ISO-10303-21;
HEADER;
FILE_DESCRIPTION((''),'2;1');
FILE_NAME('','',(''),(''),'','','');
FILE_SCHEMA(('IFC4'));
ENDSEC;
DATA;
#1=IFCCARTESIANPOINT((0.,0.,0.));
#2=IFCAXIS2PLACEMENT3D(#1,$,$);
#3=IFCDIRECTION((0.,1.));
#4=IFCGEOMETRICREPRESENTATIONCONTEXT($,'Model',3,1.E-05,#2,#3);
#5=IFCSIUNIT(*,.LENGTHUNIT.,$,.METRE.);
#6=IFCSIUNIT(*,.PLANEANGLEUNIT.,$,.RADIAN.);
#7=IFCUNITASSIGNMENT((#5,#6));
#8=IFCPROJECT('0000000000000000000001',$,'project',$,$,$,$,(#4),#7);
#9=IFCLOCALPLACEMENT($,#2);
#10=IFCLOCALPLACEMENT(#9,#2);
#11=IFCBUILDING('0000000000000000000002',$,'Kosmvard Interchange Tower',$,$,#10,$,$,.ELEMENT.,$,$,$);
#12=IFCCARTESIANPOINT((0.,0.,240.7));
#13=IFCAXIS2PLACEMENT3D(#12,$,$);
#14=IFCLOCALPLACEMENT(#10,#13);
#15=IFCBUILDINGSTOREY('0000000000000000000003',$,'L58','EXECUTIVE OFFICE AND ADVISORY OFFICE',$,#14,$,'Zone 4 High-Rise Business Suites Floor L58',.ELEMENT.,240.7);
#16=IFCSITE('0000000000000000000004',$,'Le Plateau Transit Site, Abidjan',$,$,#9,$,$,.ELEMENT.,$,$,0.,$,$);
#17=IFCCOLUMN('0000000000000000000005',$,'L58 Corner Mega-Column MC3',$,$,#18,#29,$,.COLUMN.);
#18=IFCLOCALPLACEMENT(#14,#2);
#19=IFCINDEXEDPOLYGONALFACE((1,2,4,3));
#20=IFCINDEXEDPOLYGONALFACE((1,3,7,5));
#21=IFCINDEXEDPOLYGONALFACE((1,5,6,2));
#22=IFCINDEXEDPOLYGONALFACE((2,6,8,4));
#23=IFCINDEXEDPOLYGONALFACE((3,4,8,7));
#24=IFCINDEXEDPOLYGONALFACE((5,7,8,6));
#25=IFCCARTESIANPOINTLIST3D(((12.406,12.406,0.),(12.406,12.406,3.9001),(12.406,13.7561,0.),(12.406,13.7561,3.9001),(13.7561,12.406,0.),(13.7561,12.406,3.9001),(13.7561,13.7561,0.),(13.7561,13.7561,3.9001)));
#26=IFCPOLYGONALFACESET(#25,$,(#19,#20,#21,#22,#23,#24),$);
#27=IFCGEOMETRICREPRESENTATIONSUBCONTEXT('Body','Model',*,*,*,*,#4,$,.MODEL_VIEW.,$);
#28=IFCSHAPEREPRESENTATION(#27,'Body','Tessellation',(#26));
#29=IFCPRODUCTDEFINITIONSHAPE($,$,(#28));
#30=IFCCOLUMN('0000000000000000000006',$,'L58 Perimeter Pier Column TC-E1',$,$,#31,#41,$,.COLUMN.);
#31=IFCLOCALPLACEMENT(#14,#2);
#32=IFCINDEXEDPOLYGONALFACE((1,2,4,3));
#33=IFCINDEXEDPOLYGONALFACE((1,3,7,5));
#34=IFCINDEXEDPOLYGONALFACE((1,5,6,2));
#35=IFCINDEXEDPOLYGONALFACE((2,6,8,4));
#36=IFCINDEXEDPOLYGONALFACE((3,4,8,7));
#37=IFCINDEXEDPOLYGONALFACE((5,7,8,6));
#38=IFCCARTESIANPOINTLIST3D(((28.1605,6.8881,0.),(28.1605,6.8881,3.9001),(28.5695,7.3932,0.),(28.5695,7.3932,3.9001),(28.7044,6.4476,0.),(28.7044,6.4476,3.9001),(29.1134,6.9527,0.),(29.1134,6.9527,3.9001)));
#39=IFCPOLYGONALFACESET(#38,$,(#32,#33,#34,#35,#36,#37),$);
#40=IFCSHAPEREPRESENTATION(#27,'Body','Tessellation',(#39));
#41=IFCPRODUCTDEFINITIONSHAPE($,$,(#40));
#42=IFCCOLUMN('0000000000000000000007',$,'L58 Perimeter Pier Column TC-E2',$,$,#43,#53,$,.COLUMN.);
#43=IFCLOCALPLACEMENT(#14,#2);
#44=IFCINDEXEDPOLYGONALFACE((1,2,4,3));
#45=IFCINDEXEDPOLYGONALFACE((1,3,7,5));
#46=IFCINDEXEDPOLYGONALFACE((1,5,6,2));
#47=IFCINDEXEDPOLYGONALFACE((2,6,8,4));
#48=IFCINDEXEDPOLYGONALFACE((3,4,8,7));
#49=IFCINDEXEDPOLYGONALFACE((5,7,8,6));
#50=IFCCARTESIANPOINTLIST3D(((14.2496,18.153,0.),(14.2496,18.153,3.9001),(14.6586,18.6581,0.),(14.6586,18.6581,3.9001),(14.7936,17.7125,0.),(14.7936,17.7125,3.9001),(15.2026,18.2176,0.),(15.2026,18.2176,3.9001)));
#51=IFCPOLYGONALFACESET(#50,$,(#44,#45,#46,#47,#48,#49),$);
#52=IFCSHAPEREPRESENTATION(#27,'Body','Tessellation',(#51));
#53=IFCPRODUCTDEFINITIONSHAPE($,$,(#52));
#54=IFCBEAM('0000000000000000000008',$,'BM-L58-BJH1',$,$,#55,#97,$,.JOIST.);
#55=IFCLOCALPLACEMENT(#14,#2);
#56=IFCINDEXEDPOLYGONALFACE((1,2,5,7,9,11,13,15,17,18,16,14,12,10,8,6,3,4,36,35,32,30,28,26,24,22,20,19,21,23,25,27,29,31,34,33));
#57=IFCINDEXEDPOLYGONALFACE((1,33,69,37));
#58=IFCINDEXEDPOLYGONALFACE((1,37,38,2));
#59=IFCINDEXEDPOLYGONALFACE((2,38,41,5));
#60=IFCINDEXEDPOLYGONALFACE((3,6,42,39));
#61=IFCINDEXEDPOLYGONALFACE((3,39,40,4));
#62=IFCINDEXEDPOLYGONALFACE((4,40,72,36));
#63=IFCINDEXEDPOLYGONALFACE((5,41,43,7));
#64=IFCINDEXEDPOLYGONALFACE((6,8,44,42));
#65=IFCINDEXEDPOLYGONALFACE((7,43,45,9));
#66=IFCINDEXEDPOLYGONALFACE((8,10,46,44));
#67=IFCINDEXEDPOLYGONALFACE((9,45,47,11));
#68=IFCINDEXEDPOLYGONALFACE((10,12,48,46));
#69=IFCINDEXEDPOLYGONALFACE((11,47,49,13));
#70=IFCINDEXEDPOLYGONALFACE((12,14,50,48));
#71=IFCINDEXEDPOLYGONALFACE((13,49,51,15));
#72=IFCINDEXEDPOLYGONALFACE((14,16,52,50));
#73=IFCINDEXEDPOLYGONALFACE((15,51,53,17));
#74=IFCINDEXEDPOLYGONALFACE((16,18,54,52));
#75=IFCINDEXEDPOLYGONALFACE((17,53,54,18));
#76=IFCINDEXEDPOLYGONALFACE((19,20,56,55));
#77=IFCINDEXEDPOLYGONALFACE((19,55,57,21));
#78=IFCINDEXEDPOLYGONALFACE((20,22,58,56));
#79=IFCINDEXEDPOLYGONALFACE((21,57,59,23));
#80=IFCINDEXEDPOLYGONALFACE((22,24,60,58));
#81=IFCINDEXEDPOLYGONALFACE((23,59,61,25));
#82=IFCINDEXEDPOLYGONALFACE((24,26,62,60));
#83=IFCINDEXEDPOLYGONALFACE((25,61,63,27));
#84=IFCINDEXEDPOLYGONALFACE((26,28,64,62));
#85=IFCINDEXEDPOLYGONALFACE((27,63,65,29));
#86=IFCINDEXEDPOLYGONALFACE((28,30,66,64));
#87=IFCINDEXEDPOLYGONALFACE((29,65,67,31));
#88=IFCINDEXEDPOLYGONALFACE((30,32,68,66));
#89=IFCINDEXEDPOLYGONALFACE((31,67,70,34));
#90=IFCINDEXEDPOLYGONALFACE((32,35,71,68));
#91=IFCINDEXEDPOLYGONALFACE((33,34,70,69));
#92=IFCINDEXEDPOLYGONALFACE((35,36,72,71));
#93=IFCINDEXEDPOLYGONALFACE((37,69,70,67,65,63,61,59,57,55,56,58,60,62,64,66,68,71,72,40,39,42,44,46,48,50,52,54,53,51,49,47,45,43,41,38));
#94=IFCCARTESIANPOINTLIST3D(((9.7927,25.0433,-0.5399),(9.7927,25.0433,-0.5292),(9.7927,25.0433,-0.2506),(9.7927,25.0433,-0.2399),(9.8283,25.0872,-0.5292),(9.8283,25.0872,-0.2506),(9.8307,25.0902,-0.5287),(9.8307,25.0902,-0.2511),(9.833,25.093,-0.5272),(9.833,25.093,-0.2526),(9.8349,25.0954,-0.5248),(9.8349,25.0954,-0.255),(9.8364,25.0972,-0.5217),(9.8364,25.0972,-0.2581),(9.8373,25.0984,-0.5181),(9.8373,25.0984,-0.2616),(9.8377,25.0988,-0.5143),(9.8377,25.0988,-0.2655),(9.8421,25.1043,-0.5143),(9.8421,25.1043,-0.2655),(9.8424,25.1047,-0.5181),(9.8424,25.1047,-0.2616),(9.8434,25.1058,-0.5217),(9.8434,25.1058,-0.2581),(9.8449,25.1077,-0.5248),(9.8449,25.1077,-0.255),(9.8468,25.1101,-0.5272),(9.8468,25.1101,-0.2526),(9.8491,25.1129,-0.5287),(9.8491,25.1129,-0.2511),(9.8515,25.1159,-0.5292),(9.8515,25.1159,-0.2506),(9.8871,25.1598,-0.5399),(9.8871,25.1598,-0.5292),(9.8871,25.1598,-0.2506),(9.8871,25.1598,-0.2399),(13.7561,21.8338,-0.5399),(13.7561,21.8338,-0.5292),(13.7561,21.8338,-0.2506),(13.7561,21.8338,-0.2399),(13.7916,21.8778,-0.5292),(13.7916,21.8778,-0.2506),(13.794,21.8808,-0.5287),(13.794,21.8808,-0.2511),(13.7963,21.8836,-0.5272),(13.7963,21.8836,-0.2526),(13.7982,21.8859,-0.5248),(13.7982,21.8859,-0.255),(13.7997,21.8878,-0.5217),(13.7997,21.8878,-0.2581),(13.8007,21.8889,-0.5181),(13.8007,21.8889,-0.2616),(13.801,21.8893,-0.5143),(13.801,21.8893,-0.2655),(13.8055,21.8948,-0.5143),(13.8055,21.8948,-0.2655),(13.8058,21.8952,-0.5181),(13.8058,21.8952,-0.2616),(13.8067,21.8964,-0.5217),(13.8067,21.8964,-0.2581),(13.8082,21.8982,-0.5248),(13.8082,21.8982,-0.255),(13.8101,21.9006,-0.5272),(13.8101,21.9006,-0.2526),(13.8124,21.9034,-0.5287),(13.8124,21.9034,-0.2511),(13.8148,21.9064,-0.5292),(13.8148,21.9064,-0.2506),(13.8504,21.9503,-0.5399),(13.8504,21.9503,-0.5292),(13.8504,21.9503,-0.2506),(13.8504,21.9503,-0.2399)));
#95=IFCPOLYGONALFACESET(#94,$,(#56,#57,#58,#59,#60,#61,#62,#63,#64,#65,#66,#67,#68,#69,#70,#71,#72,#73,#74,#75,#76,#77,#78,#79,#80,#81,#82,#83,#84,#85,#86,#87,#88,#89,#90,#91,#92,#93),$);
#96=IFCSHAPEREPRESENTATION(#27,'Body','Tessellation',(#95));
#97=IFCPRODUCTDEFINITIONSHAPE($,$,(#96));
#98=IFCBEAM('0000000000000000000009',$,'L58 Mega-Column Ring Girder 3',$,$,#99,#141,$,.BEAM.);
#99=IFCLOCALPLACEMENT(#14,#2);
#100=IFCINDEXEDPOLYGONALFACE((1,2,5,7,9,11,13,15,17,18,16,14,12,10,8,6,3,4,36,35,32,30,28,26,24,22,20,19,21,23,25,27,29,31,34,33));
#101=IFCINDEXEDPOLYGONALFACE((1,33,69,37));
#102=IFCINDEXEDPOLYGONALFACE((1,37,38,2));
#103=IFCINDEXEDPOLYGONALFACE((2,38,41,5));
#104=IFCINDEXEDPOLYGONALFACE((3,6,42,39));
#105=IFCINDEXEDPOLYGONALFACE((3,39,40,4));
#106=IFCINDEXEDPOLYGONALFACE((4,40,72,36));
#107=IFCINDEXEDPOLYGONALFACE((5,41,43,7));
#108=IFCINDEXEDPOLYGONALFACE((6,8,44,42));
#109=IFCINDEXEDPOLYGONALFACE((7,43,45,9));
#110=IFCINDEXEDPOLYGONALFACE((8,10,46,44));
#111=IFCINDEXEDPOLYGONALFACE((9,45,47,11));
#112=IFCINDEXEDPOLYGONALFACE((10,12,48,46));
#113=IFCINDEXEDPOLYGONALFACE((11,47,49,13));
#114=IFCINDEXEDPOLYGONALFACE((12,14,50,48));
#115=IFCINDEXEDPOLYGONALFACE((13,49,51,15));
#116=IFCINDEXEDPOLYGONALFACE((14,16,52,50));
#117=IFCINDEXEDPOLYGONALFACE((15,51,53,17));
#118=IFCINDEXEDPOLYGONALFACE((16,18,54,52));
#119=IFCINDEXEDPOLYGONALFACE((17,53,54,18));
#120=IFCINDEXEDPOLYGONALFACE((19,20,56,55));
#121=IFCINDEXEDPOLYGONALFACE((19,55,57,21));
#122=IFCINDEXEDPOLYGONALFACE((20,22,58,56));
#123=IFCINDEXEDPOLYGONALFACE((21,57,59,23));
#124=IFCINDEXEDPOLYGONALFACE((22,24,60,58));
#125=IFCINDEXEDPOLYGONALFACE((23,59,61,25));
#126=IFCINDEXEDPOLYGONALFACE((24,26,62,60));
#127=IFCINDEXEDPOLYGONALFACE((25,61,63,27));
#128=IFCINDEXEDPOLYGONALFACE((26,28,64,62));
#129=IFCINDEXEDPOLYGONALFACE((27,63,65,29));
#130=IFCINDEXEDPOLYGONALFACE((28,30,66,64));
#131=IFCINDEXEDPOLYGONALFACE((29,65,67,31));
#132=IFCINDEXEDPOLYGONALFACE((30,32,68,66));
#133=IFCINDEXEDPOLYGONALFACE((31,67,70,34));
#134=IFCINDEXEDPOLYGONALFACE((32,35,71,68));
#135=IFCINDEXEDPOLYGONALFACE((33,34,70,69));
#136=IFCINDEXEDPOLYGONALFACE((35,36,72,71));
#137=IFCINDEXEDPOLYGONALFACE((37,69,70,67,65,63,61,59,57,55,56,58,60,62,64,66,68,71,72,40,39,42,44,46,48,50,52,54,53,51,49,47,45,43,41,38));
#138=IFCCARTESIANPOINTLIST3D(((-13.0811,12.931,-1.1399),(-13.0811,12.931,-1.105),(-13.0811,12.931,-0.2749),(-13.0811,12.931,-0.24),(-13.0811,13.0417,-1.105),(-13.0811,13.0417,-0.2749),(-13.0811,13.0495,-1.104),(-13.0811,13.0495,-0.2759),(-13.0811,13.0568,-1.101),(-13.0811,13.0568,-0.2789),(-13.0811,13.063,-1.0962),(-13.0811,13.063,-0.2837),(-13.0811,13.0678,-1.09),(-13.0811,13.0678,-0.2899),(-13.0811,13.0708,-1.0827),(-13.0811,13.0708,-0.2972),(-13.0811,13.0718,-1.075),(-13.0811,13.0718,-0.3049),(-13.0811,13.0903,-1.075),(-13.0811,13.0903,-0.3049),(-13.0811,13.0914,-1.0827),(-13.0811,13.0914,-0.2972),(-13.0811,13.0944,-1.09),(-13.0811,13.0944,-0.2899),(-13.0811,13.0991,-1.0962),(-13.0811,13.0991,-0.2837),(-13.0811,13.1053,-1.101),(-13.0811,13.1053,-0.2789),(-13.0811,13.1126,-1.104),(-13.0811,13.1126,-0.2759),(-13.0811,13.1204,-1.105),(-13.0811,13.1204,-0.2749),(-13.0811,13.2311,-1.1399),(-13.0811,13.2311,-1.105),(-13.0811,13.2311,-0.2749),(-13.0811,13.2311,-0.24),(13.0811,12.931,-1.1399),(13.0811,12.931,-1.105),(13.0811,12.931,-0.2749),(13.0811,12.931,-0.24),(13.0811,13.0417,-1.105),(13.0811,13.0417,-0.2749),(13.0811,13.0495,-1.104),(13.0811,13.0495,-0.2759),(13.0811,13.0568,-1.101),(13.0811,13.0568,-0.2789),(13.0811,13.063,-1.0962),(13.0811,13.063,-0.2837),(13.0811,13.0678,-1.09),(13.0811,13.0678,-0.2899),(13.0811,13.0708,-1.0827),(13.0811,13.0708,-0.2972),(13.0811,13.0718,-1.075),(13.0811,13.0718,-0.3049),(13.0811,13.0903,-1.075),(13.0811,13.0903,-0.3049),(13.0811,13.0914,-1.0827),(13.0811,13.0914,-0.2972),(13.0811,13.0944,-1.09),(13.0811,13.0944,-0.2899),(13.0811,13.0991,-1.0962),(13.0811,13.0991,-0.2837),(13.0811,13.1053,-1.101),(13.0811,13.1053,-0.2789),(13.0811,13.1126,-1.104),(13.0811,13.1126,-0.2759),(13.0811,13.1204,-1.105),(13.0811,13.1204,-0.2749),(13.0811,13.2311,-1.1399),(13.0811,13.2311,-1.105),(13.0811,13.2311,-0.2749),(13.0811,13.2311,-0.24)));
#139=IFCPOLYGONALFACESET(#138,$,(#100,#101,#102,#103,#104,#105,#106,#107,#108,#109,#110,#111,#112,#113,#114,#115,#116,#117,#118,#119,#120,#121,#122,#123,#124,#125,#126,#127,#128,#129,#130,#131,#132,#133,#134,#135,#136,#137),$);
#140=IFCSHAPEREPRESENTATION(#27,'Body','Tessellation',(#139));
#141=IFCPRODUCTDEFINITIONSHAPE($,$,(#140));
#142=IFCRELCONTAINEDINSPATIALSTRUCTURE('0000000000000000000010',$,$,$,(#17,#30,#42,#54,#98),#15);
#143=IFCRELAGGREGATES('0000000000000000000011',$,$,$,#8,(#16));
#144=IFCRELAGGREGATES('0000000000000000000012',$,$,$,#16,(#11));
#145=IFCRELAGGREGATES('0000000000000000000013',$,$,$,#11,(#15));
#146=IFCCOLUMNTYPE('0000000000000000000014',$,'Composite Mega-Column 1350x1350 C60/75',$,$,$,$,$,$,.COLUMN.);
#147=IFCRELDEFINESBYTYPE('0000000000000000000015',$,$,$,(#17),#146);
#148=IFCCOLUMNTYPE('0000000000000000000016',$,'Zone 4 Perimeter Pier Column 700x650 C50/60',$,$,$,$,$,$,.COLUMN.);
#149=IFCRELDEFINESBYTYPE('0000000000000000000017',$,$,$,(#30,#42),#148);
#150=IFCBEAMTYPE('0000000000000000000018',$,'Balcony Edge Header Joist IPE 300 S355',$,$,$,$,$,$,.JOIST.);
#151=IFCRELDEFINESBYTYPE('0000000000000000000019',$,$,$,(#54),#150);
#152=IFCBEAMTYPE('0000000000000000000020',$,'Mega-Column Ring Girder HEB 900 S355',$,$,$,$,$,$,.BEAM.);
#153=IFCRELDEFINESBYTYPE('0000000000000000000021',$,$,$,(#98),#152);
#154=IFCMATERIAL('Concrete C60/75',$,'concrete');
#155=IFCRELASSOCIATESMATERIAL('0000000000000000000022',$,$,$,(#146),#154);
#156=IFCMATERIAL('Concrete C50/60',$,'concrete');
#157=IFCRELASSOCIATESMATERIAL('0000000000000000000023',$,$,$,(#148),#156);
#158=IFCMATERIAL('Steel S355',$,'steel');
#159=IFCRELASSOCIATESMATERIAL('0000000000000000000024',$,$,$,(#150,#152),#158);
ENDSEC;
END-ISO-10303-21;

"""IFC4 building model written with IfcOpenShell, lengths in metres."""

from ifc_helpers import new_model, si_unit, direction, frame, origin, origin_2d, place, context, subcontext, project, spatial, rectangle, i_section, extrude, source, transform, mapped, material, material_profile, profile_set, type_object, element, save


model = new_model("IFC4")

# Units and contexts
model_context = context("Model", 3, precision=1e-05, world=origin(), true_north=direction((0.0, 1.0)))
body_context = subcontext(model_context, "Body", "Model", "MODEL_VIEW")
ifc_project = project(units=[si_unit("LENGTHUNIT", "METRE"), si_unit("PLANEANGLEUNIT", "RADIAN")], contexts=[model_context])

# Site, building, storey
site_placement = place(None, origin())
site = spatial("IfcSite", under=ifc_project, at=site_placement, Name="Le Plateau Transit Site, Abidjan", CompositionType="ELEMENT", RefElevation=0.0)
building_placement = place(site_placement, origin())
building = spatial("IfcBuilding", under=site, at=building_placement, Name="Kosmvard Interchange Tower", CompositionType="ELEMENT")
storey_placement = place(building_placement, frame((0.0, 0.0, 240.7)))
storey = spatial("IfcBuildingStorey", under=building, at=storey_placement, Name="L58", Description="EXECUTIVE OFFICE AND ADVISORY OFFICE", LongName="Zone 4 High-Rise Business Suites Floor L58", CompositionType="ELEMENT", Elevation=240.7)

# Columns
ifc_material_1 = material(Name="Concrete C60/75", Category="concrete")
ifc_material_profile_1 = material_profile(ifc_material_1, rectangle(XDim=1.3501, YDim=1.3501, at=origin_2d()), Name="MC 1350x1350")
ifc_profile_set_1 = profile_set([ifc_material_profile_1], Name="Concrete C60/75")
column_type_1 = type_object("IfcColumnType", Name="Composite Mega-Column 1350x1350 C60/75", PredefinedType="COLUMN", material=ifc_profile_set_1)
shared_shape_1 = source(origin(), body_context, "Body", "SweptSolid", [
    extrude(rectangle(XDim=1.3501, YDim=1.3501, at=origin_2d()), origin(), (0.0, 0.0, 1.0), 3.9001),
])
column_placement = place(storey_placement, frame((13.0811, 13.0811, 0.0), z_axis=(0.0, 0.0, 1.0), x_axis=(1.0, 0.0, 0.0)))
element("IfcColumn", 1, at=column_placement, inside=storey, type_object=column_type_1, Name="L58 Corner Mega-Column MC3", PredefinedType="COLUMN", context=body_context, shape_type="MappedRepresentation", body=[
    mapped(shared_shape_1, transform((0.0, 0.0, 0.0), scale=1.0)),
])
ifc_material_2 = material(Name="Concrete C50/60", Category="concrete")
ifc_material_profile_2 = material_profile(ifc_material_2, rectangle(XDim=0.6499, YDim=0.7, at=origin_2d()), Name="TC 700x650")
ifc_profile_set_2 = profile_set([ifc_material_profile_2], Name="Concrete C50/60")
column_type_2 = type_object("IfcColumnType", Name="Zone 4 Perimeter Pier Column 700x650 C50/60", PredefinedType="COLUMN", material=ifc_profile_set_2)
shared_shape_2 = source(origin(), body_context, "Body", "SweptSolid", [
    extrude(rectangle(XDim=0.6499, YDim=0.7, at=origin_2d()), origin(), (0.0, 0.0, 1.0), 3.9001),
])
for number, where, z_axis, x_axis, name in (
    (2, (28.637, 6.9204, 0.0), (0.0, 0.0, 1.0), (0.62932, 0.777146, 0.0), "L58 Perimeter Pier Column TC-E1"),
    (3, (14.7261, 18.1853, 0.0), (0.0, 0.0, 1.0), (0.62932, 0.777146, 0.0), "L58 Perimeter Pier Column TC-E2"),
):
    element("IfcColumn", number, at=place(storey_placement, frame(where, z_axis=z_axis, x_axis=x_axis)), inside=storey, type_object=column_type_2, Name=name, PredefinedType="COLUMN", context=body_context, shape_type="MappedRepresentation", body=[
        mapped(shared_shape_2, transform((0.0, 0.0, 0.0), scale=1.0)),
    ])

# Beams
ifc_material_3 = material(Name="Steel S355", Category="steel")
ifc_material_profile_3 = material_profile(ifc_material_3, i_section(OverallWidth=0.1499, OverallDepth=0.3, WebThickness=0.0071, FlangeThickness=0.0107, FilletRadius=0.0149, at=origin_2d()), Name="IPE 300")
ifc_profile_set_3 = profile_set([ifc_material_profile_3], Name="Steel S355")
beam_type_1 = type_object("IfcBeamType", Name="Balcony Edge Header Joist IPE 300 S355", PredefinedType="JOIST", material=ifc_profile_set_3)
shared_shape_3 = source(origin(), body_context, "Body", "SweptSolid", [
    extrude(i_section(OverallWidth=0.1499, OverallDepth=0.3, WebThickness=0.0071, FlangeThickness=0.0107, FilletRadius=0.0149, at=origin_2d()), origin(), (0.0, 0.0, 1.0), 5.0999),
])
beam_1_placement = place(storey_placement, frame((13.8032, 21.8921, -0.3899), z_axis=(-0.777147, 0.629319, 0.0), x_axis=(-0.629319, -0.777147, 0.0)))
element("IfcBeam", 4, at=beam_1_placement, inside=storey, type_object=beam_type_1, Name="BM-L58-BJH1", PredefinedType="JOIST", context=body_context, shape_type="MappedRepresentation", body=[
    mapped(shared_shape_3, transform((0.0, 0.0, 0.0), scale=1.0)),
])
ifc_material_profile_4 = material_profile(ifc_material_3, i_section(OverallWidth=0.3, OverallDepth=0.8999, WebThickness=0.0186, FlangeThickness=0.0349, FilletRadius=0.03, at=origin_2d()), Name="HEB 900")
ifc_profile_set_4 = profile_set([ifc_material_profile_4], Name="Steel S355")
beam_type_2 = type_object("IfcBeamType", Name="Mega-Column Ring Girder HEB 900 S355", PredefinedType="BEAM", material=ifc_profile_set_4)
shared_shape_4 = source(origin(), body_context, "Body", "SweptSolid", [
    extrude(i_section(OverallWidth=0.3, OverallDepth=0.8999, WebThickness=0.0186, FlangeThickness=0.0349, FilletRadius=0.03, at=origin_2d()), origin(), (0.0, 0.0, 1.0), 26.1621),
])
beam_2_placement = place(storey_placement, frame((13.0811, 13.0811, -0.6899), z_axis=(-1.0, 0.0, 0.0), x_axis=(0.0, -1.0, 0.0)))
element("IfcBeam", 5, at=beam_2_placement, inside=storey, type_object=beam_type_2, Name="L58 Mega-Column Ring Girder 3", PredefinedType="BEAM", context=body_context, shape_type="MappedRepresentation", body=[
    mapped(shared_shape_4, transform((0.0, 0.0, 0.0), scale=1.0)),
])

save(model, "model.ifc")
